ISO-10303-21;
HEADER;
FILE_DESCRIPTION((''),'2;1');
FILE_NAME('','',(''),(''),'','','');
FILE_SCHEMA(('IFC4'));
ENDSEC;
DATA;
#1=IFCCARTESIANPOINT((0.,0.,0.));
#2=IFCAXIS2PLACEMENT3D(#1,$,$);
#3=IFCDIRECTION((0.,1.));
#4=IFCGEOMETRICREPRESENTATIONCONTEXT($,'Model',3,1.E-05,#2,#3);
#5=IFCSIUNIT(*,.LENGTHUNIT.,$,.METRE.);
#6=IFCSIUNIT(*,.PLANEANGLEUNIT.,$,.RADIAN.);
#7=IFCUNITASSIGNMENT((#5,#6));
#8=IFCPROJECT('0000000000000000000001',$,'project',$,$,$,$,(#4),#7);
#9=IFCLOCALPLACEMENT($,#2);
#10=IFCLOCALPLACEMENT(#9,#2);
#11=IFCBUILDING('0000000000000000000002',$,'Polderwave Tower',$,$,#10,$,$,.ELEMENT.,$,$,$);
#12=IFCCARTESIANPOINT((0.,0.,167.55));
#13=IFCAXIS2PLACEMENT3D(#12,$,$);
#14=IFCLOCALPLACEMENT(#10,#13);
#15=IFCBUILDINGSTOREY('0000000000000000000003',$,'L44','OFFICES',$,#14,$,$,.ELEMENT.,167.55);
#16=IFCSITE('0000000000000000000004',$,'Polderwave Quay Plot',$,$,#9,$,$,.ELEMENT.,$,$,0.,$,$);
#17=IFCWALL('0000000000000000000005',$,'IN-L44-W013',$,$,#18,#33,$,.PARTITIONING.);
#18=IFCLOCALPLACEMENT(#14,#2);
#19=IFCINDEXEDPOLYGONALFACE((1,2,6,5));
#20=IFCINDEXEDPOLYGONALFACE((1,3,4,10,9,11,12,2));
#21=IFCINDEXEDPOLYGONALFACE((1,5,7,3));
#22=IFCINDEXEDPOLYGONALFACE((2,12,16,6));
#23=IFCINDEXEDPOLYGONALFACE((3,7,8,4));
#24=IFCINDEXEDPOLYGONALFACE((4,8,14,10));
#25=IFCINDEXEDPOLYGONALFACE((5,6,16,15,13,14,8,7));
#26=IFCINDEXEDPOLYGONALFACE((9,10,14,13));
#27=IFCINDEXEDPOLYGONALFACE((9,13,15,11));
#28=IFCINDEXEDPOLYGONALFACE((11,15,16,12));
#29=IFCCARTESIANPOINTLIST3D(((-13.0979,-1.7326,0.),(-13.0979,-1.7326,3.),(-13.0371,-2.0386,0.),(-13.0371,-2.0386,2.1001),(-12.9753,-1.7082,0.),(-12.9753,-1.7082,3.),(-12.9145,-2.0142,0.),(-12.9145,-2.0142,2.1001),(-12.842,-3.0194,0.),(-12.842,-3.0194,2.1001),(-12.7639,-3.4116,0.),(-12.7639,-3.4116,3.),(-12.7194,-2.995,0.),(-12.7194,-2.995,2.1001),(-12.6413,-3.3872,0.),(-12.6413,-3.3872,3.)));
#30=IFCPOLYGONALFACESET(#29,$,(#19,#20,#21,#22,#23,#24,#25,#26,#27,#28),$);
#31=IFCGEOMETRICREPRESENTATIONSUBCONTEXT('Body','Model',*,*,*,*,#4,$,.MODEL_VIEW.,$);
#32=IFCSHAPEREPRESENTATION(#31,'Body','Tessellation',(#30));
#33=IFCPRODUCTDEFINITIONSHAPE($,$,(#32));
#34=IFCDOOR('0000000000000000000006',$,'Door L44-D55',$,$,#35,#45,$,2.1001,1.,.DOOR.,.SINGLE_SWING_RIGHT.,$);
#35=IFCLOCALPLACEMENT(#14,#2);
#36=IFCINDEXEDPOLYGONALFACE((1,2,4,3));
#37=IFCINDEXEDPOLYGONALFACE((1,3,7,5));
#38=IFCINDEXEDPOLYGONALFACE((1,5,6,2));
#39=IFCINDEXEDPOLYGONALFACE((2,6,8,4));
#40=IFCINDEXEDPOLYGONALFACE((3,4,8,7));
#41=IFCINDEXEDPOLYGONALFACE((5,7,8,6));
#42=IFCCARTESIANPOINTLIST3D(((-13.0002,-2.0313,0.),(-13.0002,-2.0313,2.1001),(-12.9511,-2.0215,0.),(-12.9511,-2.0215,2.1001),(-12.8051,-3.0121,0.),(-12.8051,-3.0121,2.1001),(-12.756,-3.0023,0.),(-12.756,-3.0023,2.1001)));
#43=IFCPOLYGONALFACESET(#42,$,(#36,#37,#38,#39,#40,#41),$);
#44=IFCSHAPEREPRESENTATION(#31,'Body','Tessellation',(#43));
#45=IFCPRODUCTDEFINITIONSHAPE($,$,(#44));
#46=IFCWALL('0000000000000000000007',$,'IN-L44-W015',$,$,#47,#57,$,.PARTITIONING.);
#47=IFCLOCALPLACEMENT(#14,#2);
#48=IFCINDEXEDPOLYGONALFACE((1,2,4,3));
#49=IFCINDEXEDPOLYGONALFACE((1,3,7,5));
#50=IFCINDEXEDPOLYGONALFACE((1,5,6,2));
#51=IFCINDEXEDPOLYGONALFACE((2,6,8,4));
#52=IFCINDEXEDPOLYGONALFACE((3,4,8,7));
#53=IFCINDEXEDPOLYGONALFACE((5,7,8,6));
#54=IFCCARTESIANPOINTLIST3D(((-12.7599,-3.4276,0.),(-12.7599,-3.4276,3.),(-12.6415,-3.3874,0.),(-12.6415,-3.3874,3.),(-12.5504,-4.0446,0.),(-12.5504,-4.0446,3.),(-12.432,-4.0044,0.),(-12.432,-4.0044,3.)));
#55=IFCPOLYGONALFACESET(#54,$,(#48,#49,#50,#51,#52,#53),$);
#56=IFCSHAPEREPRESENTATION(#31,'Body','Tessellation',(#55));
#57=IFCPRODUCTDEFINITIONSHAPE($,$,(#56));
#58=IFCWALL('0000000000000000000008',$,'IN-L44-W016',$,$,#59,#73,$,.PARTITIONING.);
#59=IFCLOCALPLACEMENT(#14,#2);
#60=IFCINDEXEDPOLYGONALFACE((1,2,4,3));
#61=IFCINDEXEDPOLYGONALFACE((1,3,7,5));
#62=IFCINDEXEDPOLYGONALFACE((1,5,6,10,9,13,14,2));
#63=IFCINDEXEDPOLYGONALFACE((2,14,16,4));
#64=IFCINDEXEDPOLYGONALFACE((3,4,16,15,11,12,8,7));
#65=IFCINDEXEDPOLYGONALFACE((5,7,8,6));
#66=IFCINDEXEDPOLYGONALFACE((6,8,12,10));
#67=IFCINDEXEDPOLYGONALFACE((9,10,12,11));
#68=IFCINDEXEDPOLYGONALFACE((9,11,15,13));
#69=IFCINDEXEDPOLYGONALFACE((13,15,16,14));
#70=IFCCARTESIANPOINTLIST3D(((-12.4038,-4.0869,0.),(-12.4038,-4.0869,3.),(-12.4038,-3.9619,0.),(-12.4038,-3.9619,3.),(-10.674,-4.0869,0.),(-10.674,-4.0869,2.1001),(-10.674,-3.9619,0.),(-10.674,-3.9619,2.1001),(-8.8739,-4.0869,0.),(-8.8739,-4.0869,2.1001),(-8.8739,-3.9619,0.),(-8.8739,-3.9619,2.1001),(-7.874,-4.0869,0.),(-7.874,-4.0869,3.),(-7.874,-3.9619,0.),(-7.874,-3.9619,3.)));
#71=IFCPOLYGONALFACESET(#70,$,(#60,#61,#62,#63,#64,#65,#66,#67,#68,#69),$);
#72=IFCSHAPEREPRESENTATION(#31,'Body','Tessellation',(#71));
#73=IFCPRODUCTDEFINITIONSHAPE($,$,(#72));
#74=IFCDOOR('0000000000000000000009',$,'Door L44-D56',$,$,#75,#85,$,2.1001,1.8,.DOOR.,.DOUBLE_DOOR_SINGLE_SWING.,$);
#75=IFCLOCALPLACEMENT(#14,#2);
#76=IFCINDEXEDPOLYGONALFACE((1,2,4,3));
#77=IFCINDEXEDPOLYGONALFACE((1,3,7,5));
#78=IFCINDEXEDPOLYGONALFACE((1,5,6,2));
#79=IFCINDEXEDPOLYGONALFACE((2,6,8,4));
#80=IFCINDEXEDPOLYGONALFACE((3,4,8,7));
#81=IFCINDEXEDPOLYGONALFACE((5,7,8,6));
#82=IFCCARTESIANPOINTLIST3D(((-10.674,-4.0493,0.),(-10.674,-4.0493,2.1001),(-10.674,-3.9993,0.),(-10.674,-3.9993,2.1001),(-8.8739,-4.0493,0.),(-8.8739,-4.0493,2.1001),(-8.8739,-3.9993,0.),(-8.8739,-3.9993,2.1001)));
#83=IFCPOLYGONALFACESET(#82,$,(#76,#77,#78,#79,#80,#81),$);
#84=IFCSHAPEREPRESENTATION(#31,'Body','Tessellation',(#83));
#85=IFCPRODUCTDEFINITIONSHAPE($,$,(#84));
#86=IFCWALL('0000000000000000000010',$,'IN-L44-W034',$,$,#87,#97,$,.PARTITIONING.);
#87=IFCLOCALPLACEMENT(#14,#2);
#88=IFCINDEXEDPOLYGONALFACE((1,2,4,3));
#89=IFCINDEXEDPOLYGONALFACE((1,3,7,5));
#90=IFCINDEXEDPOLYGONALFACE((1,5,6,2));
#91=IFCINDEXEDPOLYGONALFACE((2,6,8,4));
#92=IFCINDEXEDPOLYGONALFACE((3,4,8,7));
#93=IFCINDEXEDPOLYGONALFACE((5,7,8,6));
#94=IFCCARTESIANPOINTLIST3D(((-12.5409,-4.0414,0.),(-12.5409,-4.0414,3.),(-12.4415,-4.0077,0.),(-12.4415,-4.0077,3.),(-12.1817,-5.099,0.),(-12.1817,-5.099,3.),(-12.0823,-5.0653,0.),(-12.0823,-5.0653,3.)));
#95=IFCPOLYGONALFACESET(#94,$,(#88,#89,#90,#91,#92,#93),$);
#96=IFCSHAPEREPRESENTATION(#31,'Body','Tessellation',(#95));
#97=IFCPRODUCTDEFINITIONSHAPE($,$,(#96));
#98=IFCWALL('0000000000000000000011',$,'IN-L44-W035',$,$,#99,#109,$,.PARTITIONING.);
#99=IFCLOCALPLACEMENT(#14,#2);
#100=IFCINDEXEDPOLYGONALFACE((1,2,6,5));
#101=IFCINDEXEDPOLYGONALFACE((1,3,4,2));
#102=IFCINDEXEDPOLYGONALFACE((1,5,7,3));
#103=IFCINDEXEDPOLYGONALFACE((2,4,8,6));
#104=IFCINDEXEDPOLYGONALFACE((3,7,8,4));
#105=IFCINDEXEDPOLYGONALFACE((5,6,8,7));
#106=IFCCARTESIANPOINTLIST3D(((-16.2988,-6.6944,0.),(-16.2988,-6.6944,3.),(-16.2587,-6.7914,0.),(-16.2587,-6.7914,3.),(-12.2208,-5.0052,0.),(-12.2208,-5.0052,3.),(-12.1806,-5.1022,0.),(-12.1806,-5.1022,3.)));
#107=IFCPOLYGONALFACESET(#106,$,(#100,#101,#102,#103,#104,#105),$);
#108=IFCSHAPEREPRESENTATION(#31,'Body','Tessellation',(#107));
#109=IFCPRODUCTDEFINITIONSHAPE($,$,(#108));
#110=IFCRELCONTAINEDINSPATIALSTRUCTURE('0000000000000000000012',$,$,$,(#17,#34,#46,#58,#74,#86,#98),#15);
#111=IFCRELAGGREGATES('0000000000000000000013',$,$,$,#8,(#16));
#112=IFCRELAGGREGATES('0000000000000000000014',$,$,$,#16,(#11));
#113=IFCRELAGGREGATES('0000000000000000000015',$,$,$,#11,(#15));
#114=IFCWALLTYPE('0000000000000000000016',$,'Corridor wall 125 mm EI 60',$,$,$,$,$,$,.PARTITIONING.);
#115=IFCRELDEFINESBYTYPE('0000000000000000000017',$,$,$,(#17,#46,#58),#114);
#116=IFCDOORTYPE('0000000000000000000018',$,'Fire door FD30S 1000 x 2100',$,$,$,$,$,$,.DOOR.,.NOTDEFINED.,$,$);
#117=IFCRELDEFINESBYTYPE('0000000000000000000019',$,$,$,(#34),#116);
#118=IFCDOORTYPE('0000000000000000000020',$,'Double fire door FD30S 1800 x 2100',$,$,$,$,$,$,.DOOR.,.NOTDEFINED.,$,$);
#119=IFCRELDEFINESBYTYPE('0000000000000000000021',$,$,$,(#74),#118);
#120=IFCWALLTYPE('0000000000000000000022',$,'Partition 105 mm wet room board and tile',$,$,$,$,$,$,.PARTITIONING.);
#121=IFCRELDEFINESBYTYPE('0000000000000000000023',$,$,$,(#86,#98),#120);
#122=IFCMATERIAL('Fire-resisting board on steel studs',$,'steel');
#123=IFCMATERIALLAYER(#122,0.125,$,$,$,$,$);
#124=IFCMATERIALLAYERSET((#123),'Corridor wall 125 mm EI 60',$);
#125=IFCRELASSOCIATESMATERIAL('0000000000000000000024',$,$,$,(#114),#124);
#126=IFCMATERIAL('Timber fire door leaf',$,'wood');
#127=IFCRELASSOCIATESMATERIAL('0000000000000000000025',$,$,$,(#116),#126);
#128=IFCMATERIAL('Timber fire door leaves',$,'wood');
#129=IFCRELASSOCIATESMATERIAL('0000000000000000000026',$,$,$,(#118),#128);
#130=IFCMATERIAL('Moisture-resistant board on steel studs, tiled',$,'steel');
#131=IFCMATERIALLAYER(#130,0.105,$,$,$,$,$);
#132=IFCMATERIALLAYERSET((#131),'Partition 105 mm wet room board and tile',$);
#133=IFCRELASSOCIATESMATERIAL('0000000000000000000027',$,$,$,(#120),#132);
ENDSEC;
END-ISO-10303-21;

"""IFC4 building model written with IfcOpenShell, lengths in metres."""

from ifc_helpers import new_model, si_unit, direction, frame, frame_2d, origin, place, context, subcontext, project, spatial, rectangle, extrude, material, layer, layer_set, type_object, element, fill, save


model = new_model("IFC4")

# Units and contexts
model_context = context("Model", 3, precision=1e-05, world=origin(), true_north=direction((0.0, 1.0)))
body_context = subcontext(model_context, "Body", "Model", "MODEL_VIEW")
ifc_project = project(units=[si_unit("LENGTHUNIT", "METRE"), si_unit("PLANEANGLEUNIT", "RADIAN")], contexts=[model_context])

# Site, building, storey
site_placement = place(None, origin())
site = spatial("IfcSite", under=ifc_project, at=site_placement, Name="Polderwave Quay Plot", CompositionType="ELEMENT", RefElevation=0.0)
building_placement = place(site_placement, origin())
building = spatial("IfcBuilding", under=site, at=building_placement, Name="Polderwave Tower", CompositionType="ELEMENT")
storey_placement = place(building_placement, frame((0.0, 0.0, 167.55)))
storey = spatial("IfcBuildingStorey", under=building, at=storey_placement, Name="L44", Description="OFFICES", CompositionType="ELEMENT", Elevation=167.55)

# Shared definitions
ifc_material_1 = material(Name="Fire-resisting board on steel studs", Category="steel")
ifc_layer_1 = layer(ifc_material_1, 0.125)
ifc_layer_set_1 = layer_set([ifc_layer_1], Name="Corridor wall 125 mm EI 60")
wall_type_1 = type_object("IfcWallType", Name="Corridor wall 125 mm EI 60", PredefinedType="PARTITIONING", material=ifc_layer_set_1)

# Wall, opening, door
wall_1_placement = place(storey_placement, frame((-12.7026, -3.3994, 0.0), z_axis=(0.0, 0.0, 1.0), x_axis=(-0.195101, 0.980783, 0.0)))
wall_1 = element("IfcWall", 1, at=wall_1_placement, inside=storey, type_object=wall_type_1, Name="IN-L44-W013", PredefinedType="PARTITIONING", context=body_context, shape_type="SweptSolid", body=[
    extrude(rectangle(XDim=1.7119, YDim=0.125, at=frame_2d((0.856, 0.0))), origin(), (0.0, 0.0, 1.0), 3.0),
])
opening_1_placement = place(wall_1_placement, frame((0.3999, 0.0, 0.0)))
opening_1 = element("IfcOpeningElement", 2, at=opening_1_placement, cuts=wall_1, PredefinedType="OPENING", context=body_context, shape_type="SweptSolid", body=[
    extrude(rectangle(XDim=1.0, YDim=2.1001, at=frame_2d((0.5, 1.05))), frame((0.0, 0.0725, 0.0), z_axis=(0.0, -1.0, 0.0), x_axis=(1.0, 0.0, 0.0)), (0.0, 0.0, 1.0), 0.145),
])
ifc_material_2 = material(Name="Timber fire door leaf", Category="wood")
door_type_1 = type_object("IfcDoorType", Name="Fire door FD30S 1000 x 2100", OperationType="NOTDEFINED", PredefinedType="DOOR", material=ifc_material_2)
door_1_placement = place(opening_1_placement, origin())
door_1 = element("IfcDoor", 3, at=door_1_placement, inside=storey, type_object=door_type_1, Name="Door L44-D55", OperationType="SINGLE_SWING_RIGHT", OverallHeight=2.1001, OverallWidth=1.0, PredefinedType="DOOR", context=body_context, shape_type="SweptSolid", body=[
    extrude(rectangle(XDim=1.0, YDim=2.1001, at=frame_2d((0.5, 1.05))), frame((0.0, 0.0249, 0.0), z_axis=(0.0, -1.0, 0.0), x_axis=(1.0, 0.0, 0.0)), (0.0, 0.0, 1.0), 0.05),
])
fill(opening_1, door_1)

# Wall
wall_2_placement = place(storey_placement, frame((-12.4912, -4.0244, 0.0), z_axis=(0.0, 0.0, 1.0), x_axis=(-0.321506, 0.946907, 0.0)))
element("IfcWall", 4, at=wall_2_placement, inside=storey, type_object=wall_type_1, Name="IN-L44-W015", PredefinedType="PARTITIONING", context=body_context, shape_type="SweptSolid", body=[
    extrude(rectangle(XDim=0.6516, YDim=0.125, at=frame_2d((0.3257, 0.0))), origin(), (0.0, 0.0, 1.0), 3.0),
])

# Wall, opening, door
wall_3_placement = place(storey_placement, frame((-7.874, -4.0244, 0.0), z_axis=(0.0, 0.0, 1.0), x_axis=(-1.0, 0.0, 0.0)))
wall_3 = element("IfcWall", 5, at=wall_3_placement, inside=storey, type_object=wall_type_1, Name="IN-L44-W016", PredefinedType="PARTITIONING", context=body_context, shape_type="SweptSolid", body=[
    extrude(rectangle(XDim=4.5298, YDim=0.125, at=frame_2d((2.2649, 0.0))), origin(), (0.0, 0.0, 1.0), 3.0),
])
opening_2_placement = place(wall_3_placement, frame((1.0, 0.0, 0.0)))
opening_2 = element("IfcOpeningElement", 6, at=opening_2_placement, cuts=wall_3, PredefinedType="OPENING", context=body_context, shape_type="SweptSolid", body=[
    extrude(rectangle(XDim=1.8, YDim=2.1001, at=frame_2d((0.8999, 1.05))), frame((0.0, 0.0725, 0.0), z_axis=(0.0, -1.0, 0.0), x_axis=(1.0, 0.0, 0.0)), (0.0, 0.0, 1.0), 0.145),
])
ifc_material_3 = material(Name="Timber fire door leaves", Category="wood")
door_type_2 = type_object("IfcDoorType", Name="Double fire door FD30S 1800 x 2100", OperationType="NOTDEFINED", PredefinedType="DOOR", material=ifc_material_3)
door_2_placement = place(opening_2_placement, origin())
door_2 = element("IfcDoor", 7, at=door_2_placement, inside=storey, type_object=door_type_2, Name="Door L44-D56", OperationType="DOUBLE_DOOR_SINGLE_SWING", OverallHeight=2.1001, OverallWidth=1.8, PredefinedType="DOOR", context=body_context, shape_type="SweptSolid", body=[
    extrude(rectangle(XDim=1.8, YDim=2.1001, at=frame_2d((0.8999, 1.05))), frame((0.0, 0.0249, 0.0), z_axis=(0.0, -1.0, 0.0), x_axis=(1.0, 0.0, 0.0)), (0.0, 0.0, 1.0), 0.05),
])
fill(opening_2, door_2)

# Walls
ifc_material_4 = material(Name="Moisture-resistant board on steel studs, tiled", Category="steel")
ifc_layer_2 = layer(ifc_material_4, 0.105)
ifc_layer_set_2 = layer_set([ifc_layer_2], Name="Partition 105 mm wet room board and tile")
wall_type_2 = type_object("IfcWallType", Name="Partition 105 mm wet room board and tile", PredefinedType="PARTITIONING", material=ifc_layer_set_2)
wall_4_placement = place(storey_placement, frame((-12.4912, -4.0244, 0.0), z_axis=(0.0, 0.0, 1.0), x_axis=(0.321534, -0.946898, 0.0)))
element("IfcWall", 8, at=wall_4_placement, inside=storey, type_object=wall_type_2, Name="IN-L44-W034", PredefinedType="PARTITIONING", context=body_context, shape_type="SweptSolid", body=[
    extrude(rectangle(XDim=1.1169, YDim=0.105, at=frame_2d((0.5586, 0.0))), origin(), (0.0, 0.0, 1.0), 3.0),
])
wall_5_placement = place(storey_placement, frame((-12.2007, -5.0537, 0.0), z_axis=(0.0, 0.0, 1.0), x_axis=(-0.92388, -0.382682, 0.0)))
element("IfcWall", 9, at=wall_5_placement, inside=storey, type_object=wall_type_2, Name="IN-L44-W035", PredefinedType="PARTITIONING", context=body_context, shape_type="SweptSolid", body=[
    extrude(rectangle(XDim=4.4141, YDim=0.105, at=frame_2d((2.207, 0.0))), origin(), (0.0, 0.0, 1.0), 3.0),
])

save(model, "model.ifc")
